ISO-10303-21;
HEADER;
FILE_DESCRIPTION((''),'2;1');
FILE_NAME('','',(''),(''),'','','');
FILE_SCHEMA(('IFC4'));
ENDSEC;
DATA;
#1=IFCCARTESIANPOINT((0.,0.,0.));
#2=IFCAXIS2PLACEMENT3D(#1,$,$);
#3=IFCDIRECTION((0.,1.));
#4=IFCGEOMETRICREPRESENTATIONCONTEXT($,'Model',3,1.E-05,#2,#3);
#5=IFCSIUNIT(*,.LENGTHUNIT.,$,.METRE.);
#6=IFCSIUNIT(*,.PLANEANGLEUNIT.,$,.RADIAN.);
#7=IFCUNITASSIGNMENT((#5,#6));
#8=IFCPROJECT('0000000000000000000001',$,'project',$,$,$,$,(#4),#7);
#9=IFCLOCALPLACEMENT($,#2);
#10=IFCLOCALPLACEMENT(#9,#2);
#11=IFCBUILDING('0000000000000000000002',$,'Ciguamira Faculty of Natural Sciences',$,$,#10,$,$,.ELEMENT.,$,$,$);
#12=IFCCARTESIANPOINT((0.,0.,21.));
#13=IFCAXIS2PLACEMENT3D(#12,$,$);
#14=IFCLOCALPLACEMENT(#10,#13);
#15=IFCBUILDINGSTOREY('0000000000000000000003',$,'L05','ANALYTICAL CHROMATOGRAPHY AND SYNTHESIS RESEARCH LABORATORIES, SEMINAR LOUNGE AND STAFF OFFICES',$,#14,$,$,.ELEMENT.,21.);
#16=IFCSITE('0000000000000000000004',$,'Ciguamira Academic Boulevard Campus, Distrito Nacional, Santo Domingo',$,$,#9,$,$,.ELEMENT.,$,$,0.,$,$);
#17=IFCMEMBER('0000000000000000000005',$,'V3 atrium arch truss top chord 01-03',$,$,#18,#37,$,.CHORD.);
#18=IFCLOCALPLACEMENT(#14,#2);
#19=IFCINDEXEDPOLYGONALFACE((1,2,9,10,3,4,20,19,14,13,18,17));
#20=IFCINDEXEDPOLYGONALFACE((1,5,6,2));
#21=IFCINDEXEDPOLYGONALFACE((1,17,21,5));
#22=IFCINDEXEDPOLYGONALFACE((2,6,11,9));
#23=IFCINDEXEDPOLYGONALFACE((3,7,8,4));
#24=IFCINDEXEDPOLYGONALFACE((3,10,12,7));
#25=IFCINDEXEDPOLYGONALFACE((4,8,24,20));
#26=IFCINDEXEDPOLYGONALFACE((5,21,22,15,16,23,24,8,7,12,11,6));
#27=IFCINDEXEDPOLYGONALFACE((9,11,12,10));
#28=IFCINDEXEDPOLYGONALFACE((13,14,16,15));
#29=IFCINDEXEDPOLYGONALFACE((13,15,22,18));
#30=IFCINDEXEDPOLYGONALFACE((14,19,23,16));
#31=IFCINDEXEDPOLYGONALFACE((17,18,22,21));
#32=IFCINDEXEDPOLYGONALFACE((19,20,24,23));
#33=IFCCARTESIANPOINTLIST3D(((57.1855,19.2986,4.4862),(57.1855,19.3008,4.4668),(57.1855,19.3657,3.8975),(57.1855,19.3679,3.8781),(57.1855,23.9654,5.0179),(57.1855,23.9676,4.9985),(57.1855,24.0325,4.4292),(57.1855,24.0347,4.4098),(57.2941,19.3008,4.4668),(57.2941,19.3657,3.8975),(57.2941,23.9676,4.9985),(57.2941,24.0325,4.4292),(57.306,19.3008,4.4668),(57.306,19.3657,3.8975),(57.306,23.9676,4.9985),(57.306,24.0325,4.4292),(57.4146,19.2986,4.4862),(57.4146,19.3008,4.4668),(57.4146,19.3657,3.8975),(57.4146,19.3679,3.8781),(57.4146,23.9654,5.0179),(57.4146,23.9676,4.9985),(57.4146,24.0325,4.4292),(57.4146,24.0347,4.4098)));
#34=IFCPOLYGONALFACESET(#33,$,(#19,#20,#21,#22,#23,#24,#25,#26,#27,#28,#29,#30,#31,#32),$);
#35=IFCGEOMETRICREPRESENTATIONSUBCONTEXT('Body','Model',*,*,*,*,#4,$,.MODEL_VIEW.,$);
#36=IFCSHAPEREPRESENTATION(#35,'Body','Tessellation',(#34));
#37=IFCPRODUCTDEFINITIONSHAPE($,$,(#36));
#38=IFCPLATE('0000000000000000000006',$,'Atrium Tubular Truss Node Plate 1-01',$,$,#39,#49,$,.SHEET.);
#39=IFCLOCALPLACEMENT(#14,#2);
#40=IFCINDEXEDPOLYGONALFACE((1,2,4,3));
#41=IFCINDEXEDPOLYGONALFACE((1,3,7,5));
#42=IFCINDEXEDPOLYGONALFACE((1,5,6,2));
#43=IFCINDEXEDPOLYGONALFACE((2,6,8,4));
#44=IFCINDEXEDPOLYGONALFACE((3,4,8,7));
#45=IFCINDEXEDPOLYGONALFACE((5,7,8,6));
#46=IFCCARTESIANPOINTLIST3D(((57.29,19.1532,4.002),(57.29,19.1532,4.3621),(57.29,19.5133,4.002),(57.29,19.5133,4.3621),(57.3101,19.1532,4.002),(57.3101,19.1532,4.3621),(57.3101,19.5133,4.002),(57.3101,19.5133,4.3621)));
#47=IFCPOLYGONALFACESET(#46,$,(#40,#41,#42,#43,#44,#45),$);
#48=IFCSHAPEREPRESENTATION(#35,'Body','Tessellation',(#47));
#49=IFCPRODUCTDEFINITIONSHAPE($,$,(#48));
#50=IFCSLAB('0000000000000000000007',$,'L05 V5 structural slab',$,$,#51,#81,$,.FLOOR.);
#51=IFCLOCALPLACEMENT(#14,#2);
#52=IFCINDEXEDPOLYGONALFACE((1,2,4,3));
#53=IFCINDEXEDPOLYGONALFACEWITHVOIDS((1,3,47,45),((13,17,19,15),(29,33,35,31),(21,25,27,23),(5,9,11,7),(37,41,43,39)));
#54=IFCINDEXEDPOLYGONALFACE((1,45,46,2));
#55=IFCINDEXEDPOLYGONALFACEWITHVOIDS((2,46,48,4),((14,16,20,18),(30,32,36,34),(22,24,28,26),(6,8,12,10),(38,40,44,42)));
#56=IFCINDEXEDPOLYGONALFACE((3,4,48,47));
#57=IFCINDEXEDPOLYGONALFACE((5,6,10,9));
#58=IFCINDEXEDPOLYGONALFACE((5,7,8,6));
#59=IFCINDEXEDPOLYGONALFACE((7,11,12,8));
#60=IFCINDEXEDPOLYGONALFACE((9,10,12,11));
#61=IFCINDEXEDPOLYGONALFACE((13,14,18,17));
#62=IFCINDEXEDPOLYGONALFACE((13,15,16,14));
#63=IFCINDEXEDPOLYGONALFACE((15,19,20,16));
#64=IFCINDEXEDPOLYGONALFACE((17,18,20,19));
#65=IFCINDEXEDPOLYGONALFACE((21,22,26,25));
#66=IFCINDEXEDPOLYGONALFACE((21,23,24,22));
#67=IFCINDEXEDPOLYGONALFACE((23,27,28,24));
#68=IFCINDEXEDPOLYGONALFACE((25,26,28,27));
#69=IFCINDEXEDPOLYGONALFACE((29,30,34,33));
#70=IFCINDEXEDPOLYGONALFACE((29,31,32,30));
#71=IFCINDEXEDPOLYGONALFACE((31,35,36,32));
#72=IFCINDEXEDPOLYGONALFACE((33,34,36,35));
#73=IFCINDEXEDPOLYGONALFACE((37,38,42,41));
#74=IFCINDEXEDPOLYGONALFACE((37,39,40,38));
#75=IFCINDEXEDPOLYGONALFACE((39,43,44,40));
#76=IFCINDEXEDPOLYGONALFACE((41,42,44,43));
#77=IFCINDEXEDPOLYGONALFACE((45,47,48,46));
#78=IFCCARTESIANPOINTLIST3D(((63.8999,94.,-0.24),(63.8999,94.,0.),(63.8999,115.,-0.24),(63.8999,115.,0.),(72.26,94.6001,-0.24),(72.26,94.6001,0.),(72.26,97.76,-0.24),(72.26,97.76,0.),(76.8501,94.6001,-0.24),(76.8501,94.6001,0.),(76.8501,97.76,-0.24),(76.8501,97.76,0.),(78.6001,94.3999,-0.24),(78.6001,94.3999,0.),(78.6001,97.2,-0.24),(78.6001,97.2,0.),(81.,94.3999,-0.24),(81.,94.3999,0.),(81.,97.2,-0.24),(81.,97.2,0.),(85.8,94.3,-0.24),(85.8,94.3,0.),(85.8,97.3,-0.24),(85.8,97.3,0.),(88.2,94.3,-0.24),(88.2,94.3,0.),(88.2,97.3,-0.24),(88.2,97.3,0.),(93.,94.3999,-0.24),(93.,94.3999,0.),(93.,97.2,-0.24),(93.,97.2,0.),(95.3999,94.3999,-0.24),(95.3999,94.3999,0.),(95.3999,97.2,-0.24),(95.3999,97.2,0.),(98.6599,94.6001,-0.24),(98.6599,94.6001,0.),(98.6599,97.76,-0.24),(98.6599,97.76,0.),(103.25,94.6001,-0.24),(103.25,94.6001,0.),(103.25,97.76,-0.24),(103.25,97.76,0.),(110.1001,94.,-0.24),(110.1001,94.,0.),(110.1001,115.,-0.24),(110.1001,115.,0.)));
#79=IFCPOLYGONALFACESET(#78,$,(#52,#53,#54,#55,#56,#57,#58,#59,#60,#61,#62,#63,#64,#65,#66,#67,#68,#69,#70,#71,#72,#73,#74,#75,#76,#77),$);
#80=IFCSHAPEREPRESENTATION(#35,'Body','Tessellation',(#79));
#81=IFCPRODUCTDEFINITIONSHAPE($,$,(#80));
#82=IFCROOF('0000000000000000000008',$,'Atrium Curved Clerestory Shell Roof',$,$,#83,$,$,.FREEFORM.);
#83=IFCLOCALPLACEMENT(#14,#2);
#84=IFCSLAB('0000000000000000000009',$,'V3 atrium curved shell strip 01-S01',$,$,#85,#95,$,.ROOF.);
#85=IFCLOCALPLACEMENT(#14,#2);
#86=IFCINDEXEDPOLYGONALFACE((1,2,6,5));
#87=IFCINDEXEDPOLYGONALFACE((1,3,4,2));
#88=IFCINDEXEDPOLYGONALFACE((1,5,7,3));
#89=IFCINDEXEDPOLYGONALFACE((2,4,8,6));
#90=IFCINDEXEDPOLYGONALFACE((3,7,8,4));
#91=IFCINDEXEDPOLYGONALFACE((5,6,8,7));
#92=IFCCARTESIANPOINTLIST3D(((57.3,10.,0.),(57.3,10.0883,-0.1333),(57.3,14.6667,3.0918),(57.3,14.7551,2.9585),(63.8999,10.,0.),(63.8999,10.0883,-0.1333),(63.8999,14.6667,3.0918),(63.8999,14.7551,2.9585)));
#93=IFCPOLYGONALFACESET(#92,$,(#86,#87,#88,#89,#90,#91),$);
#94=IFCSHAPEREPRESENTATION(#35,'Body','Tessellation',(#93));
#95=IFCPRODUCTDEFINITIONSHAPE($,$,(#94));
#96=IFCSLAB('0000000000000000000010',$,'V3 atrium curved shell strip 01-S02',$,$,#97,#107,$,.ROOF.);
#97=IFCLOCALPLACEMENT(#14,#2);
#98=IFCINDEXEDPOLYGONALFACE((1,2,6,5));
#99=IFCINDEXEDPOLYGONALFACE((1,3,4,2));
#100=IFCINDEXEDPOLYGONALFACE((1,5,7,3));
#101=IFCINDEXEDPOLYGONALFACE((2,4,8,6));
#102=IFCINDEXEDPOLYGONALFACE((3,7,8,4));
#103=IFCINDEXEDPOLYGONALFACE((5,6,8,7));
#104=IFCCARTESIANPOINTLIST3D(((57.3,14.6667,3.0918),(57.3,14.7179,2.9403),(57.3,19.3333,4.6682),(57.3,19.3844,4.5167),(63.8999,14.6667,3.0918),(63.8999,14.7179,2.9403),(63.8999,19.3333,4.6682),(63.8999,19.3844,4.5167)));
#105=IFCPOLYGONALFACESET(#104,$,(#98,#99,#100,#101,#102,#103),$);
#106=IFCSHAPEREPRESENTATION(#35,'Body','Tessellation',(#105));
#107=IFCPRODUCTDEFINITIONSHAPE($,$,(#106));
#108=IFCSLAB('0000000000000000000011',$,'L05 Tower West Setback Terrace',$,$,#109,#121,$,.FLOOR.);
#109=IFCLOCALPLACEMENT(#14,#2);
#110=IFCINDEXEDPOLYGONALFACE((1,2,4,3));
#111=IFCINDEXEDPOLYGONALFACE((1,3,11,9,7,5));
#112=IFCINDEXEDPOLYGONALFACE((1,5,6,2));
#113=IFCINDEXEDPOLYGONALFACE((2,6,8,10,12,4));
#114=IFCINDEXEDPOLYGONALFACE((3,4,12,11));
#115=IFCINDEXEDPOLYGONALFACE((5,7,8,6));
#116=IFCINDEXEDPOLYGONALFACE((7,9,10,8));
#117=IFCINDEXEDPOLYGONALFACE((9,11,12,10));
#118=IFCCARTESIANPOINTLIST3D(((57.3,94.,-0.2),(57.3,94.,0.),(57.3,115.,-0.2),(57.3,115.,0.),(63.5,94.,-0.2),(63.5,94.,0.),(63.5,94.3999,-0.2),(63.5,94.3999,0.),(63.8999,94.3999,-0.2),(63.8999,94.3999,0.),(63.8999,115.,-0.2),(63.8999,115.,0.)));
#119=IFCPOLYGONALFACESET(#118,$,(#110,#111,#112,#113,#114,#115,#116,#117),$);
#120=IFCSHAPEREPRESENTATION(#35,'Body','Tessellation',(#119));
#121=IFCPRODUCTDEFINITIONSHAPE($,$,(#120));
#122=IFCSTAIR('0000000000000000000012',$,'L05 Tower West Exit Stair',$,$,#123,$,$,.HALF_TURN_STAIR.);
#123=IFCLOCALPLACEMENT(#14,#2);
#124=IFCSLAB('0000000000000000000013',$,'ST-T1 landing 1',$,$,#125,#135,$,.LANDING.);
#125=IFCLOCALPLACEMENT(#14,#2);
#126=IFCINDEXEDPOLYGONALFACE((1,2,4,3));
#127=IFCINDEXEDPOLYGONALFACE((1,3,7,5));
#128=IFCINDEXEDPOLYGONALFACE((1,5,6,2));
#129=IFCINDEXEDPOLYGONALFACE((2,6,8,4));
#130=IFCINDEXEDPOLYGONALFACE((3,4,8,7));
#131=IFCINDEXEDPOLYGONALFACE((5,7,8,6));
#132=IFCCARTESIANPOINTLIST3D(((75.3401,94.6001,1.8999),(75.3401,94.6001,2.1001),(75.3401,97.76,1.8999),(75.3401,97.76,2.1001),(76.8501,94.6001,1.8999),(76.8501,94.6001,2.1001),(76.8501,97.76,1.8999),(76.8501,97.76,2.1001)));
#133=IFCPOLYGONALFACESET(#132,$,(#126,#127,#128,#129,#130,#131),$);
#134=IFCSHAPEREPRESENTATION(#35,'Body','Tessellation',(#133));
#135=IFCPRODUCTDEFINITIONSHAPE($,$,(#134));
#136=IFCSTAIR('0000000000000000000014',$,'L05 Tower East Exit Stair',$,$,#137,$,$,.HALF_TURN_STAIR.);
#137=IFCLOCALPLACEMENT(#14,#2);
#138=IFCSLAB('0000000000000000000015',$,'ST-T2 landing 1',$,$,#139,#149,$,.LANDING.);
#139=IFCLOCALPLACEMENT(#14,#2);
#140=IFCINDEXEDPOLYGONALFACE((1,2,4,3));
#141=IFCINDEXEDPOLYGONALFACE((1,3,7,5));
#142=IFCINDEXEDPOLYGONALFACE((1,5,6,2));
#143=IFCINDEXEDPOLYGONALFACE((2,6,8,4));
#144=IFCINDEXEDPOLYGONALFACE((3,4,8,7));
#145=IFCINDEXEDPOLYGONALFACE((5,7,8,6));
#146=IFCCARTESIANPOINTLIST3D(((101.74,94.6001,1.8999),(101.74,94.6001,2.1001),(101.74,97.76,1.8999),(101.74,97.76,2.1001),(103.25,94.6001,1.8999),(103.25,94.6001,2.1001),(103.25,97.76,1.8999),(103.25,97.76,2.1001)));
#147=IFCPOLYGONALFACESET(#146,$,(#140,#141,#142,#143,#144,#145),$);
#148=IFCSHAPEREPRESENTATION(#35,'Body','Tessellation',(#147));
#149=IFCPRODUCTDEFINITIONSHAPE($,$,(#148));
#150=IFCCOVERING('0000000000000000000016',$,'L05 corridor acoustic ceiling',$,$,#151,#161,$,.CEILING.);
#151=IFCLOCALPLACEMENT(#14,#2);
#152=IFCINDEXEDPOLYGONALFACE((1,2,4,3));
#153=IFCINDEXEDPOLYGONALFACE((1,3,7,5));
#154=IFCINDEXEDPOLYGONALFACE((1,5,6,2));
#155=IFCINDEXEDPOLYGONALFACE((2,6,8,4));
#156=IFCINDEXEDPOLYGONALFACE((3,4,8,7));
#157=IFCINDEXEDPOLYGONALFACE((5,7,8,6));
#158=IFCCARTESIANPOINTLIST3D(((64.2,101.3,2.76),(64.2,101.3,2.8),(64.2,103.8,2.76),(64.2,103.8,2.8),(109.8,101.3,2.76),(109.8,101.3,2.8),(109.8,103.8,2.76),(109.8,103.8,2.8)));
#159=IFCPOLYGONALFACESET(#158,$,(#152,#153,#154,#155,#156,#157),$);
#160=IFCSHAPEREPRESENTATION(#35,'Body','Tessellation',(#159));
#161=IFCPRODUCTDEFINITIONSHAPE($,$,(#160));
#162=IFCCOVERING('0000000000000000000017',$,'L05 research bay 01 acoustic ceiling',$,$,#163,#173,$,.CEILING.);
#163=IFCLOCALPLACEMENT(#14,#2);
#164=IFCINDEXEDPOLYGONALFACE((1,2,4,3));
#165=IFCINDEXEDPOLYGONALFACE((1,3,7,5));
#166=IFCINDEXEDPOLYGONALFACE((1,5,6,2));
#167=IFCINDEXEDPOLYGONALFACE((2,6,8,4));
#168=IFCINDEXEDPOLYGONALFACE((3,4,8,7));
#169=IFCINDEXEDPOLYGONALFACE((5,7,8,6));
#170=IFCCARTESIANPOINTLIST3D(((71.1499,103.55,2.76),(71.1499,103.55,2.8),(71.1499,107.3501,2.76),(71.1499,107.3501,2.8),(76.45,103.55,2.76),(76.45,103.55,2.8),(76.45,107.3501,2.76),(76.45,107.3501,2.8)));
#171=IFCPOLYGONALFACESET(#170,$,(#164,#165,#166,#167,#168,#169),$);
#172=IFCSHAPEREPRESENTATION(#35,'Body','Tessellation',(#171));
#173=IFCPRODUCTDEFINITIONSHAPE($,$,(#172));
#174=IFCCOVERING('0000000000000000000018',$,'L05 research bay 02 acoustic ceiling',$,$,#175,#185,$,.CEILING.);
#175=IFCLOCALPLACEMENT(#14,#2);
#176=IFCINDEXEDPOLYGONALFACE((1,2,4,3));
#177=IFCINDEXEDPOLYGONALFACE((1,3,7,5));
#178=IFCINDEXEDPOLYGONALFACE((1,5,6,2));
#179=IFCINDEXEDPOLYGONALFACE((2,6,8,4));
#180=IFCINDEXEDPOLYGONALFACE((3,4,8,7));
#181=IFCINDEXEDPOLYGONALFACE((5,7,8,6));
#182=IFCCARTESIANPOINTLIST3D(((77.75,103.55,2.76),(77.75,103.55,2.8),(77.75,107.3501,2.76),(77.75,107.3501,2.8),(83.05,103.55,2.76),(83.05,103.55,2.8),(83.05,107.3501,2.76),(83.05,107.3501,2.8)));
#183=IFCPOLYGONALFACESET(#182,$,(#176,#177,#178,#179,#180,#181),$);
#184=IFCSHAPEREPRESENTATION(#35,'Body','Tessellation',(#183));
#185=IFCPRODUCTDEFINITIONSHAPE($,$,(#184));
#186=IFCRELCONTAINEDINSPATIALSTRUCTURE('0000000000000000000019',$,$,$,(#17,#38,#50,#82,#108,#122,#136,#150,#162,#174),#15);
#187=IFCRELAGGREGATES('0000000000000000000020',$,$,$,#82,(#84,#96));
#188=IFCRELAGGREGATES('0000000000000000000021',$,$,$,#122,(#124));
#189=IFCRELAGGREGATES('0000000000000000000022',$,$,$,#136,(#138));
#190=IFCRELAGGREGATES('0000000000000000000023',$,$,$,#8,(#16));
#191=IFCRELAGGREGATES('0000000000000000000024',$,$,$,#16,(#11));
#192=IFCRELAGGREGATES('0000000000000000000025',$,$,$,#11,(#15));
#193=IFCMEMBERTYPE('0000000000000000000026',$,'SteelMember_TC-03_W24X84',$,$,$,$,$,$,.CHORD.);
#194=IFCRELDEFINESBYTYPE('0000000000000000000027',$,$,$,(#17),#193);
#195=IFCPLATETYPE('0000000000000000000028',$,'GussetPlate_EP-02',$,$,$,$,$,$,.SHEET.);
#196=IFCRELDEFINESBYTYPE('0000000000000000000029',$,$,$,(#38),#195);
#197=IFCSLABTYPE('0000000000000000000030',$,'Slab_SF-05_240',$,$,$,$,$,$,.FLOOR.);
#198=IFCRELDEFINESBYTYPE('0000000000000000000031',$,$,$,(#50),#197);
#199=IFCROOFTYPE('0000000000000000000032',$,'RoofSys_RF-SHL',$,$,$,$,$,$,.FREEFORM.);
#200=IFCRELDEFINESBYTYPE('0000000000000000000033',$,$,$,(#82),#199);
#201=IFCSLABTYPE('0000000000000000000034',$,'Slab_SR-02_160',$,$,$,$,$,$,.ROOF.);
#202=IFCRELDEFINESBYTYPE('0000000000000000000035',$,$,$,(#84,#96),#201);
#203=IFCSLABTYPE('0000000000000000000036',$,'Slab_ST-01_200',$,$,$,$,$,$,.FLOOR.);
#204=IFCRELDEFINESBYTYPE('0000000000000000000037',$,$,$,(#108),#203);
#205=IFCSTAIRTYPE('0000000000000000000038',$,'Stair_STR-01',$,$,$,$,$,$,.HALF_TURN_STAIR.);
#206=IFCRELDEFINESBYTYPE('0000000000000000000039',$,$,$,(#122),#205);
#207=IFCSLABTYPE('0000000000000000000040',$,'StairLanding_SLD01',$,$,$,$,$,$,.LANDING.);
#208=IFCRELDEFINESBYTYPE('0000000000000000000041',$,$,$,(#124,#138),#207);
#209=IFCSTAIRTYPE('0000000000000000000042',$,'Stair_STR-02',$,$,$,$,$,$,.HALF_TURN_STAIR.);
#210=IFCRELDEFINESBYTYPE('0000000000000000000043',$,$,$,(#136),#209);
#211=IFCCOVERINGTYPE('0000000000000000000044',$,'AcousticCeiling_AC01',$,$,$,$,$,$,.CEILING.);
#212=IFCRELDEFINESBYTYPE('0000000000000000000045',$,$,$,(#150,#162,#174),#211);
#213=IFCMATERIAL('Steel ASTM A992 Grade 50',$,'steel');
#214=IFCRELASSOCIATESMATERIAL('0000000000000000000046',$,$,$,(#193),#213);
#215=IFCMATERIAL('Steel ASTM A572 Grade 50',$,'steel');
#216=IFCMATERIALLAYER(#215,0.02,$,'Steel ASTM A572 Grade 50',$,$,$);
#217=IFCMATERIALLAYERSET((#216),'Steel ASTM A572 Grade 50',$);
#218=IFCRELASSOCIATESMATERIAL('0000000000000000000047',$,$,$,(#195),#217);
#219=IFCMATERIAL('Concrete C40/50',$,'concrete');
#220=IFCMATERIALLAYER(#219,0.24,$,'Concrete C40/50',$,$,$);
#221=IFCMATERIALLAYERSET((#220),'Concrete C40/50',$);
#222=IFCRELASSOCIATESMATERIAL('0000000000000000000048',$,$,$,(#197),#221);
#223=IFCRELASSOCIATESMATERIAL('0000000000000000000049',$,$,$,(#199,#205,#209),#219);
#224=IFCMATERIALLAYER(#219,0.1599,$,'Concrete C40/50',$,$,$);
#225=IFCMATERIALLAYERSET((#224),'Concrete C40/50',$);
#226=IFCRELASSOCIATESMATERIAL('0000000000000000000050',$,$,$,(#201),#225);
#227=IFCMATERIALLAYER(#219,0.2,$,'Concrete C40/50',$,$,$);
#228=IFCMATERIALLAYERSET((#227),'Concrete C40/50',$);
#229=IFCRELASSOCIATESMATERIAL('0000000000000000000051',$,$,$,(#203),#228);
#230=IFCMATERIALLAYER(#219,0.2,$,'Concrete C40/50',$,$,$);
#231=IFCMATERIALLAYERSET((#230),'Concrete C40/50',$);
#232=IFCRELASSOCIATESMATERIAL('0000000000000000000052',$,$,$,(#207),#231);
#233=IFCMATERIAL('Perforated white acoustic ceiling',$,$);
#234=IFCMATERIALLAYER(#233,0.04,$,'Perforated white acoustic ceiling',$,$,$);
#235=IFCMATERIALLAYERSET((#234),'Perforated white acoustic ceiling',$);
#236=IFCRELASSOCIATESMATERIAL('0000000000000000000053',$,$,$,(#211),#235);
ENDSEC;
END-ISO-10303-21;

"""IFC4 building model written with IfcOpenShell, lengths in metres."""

from ifc_helpers import new_model, si_unit, direction, frame, origin, origin_2d, place, context, subcontext, project, spatial, polyline, rectangle, i_section, outline, extrude, material, layer, layer_set, material_profile, profile_set, type_object, element, aggregate, save


model = new_model("IFC4")

# Units and contexts
model_context = context("Model", 3, precision=1e-05, world=origin(), true_north=direction((0.0, 1.0)))
body_context = subcontext(model_context, "Body", "Model", "MODEL_VIEW")
ifc_project = project(units=[si_unit("LENGTHUNIT", "METRE"), si_unit("PLANEANGLEUNIT", "RADIAN")], contexts=[model_context])

# Site, building, storey
site_placement = place(None, origin())
site = spatial("IfcSite", under=ifc_project, at=site_placement, Name="Ciguamira Academic Boulevard Campus, Distrito Nacional, Santo Domingo", CompositionType="ELEMENT", RefElevation=0.0)
building_placement = place(site_placement, origin())
building = spatial("IfcBuilding", under=site, at=building_placement, Name="Ciguamira Faculty of Natural Sciences", CompositionType="ELEMENT")
storey_placement = place(building_placement, frame((0.0, 0.0, 21.0)))
storey = spatial("IfcBuildingStorey", under=building, at=storey_placement, Name="L05", Description="ANALYTICAL CHROMATOGRAPHY AND SYNTHESIS RESEARCH LABORATORIES, SEMINAR LOUNGE AND STAFF OFFICES", CompositionType="ELEMENT", Elevation=21.0)

# Shared definitions
ifc_material_1 = material(Name="Steel ASTM A992 Grade 50", Category="steel")

# Member
ifc_material_profile_1 = material_profile(ifc_material_1, i_section(OverallWidth=0.229, OverallDepth=0.6121, WebThickness=0.012, FlangeThickness=0.0195, at=origin_2d()), Name="W24X84")
ifc_profile_set_1 = profile_set([ifc_material_profile_1], Name="Steel ASTM A992 Grade 50")
member_type_1 = type_object("IfcMemberType", Name="SteelMember_TC-03_W24X84", PredefinedType="CHORD", material=ifc_profile_set_1)
member_1_placement = place(storey_placement, frame((57.3, 19.3333, 4.1821), z_axis=(0.0, 0.993571, 0.113209), x_axis=(-1.0, 0.0, 0.0)))
element("IfcMember", 1, at=member_1_placement, inside=storey, type_object=member_type_1, Name="V3 atrium arch truss top chord 01-03", PredefinedType="CHORD", context=body_context, shape_type="SweptSolid", body=[
    extrude(i_section(OverallWidth=0.229, OverallDepth=0.6121, WebThickness=0.012, FlangeThickness=0.0195, at=origin_2d()), origin(), (0.0, 0.0, 1.0), 4.697),
])

# Plate
ifc_material_2 = material(Name="Steel ASTM A572 Grade 50", Category="steel")
ifc_layer_1 = layer(ifc_material_2, 0.02, Name="Steel ASTM A572 Grade 50")
ifc_layer_set_1 = layer_set([ifc_layer_1], Name="Steel ASTM A572 Grade 50")
plate_type = type_object("IfcPlateType", Name="GussetPlate_EP-02", PredefinedType="SHEET", material=ifc_layer_set_1)
plate_placement = place(storey_placement, frame((57.3, 19.3333, 4.002), z_axis=(0.0, 0.0, 1.0), x_axis=(1.0, 0.0, 0.0)))
element("IfcPlate", 2, at=plate_placement, inside=storey, type_object=plate_type, Name="Atrium Tubular Truss Node Plate 1-01", PredefinedType="SHEET", context=body_context, shape_type="SweptSolid", body=[
    extrude(rectangle(XDim=0.02, YDim=0.3601, at=origin_2d()), origin(), (0.0, 0.0, 1.0), 0.3601),
])

# Slab
ifc_material_3 = material(Name="Concrete C40/50", Category="concrete")
ifc_layer_2 = layer(ifc_material_3, 0.24, Name="Concrete C40/50")
ifc_layer_set_2 = layer_set([ifc_layer_2], Name="Concrete C40/50")
slab_type_1 = type_object("IfcSlabType", Name="Slab_SF-05_240", PredefinedType="FLOOR", material=ifc_layer_set_2)
slab_1_placement = place(storey_placement, frame((0.0, 0.0, -0.24)))
element("IfcSlab", 3, at=slab_1_placement, inside=storey, type_object=slab_type_1, Name="L05 V5 structural slab", PredefinedType="FLOOR", context=body_context, shape_type="SweptSolid", body=[
    extrude(outline(polyline([(63.8999, 94.0), (110.1001, 94.0), (110.1001, 115.0), (63.8999, 115.0), (63.8999, 94.0)]), holes=[polyline([(72.26, 94.6001), (76.8501, 94.6001), (76.8501, 97.76), (72.26, 97.76), (72.26, 94.6001)]), polyline([(98.6599, 94.6001), (103.25, 94.6001), (103.25, 97.76), (98.6599, 97.76), (98.6599, 94.6001)]), polyline([(78.6001, 94.3999), (81.0, 94.3999), (81.0, 97.2), (78.6001, 97.2), (78.6001, 94.3999)]), polyline([(93.0, 94.3999), (95.3999, 94.3999), (95.3999, 97.2), (93.0, 97.2), (93.0, 94.3999)]), polyline([(85.8, 94.3), (88.2, 94.3), (88.2, 97.3), (85.8, 97.3), (85.8, 94.3)])]), origin(), (0.0, 0.0, 1.0), 0.24),
])

# Roof, slabs
roof_type = type_object("IfcRoofType", Name="RoofSys_RF-SHL", PredefinedType="FREEFORM", material=ifc_material_3)
roof_placement = place(storey_placement, origin())
roof = element("IfcRoof", 4, at=roof_placement, inside=storey, type_object=roof_type, Name="Atrium Curved Clerestory Shell Roof", PredefinedType="FREEFORM")
ifc_layer_3 = layer(ifc_material_3, 0.1599, Name="Concrete C40/50")
ifc_layer_set_3 = layer_set([ifc_layer_3], Name="Concrete C40/50")
slab_type_2 = type_object("IfcSlabType", Name="Slab_SR-02_160", PredefinedType="ROOF", material=ifc_layer_set_3)
slab_2_placement = place(storey_placement, frame((57.3, 10.0, 0.0), z_axis=(0.0, -0.552303, 0.833644), x_axis=(1.0, 0.0, 0.0)))
slab_2 = element("IfcSlab", 5, at=slab_2_placement, type_object=slab_type_2, Name="V3 atrium curved shell strip 01-S01", PredefinedType="ROOF", context=body_context, shape_type="SweptSolid", body=[
    extrude(outline(polyline([(0.0, 0.0), (6.5999, 0.0), (6.5999, 5.598), (0.0, 5.598), (0.0, 0.0)])), origin(), (0.0, 0.0, -1.0), 0.1599),
])
slab_3_placement = place(storey_placement, frame((57.3, 14.6667, 3.0918), z_axis=(0.0, -0.320047, 0.947402), x_axis=(1.0, 0.0, 0.0)))
slab_3 = element("IfcSlab", 6, at=slab_3_placement, type_object=slab_type_2, Name="V3 atrium curved shell strip 01-S02", PredefinedType="ROOF", context=body_context, shape_type="SweptSolid", body=[
    extrude(outline(polyline([(0.0, 0.0), (6.5999, 0.0), (6.5999, 4.9256), (0.0, 4.9256), (0.0, 0.0)])), origin(), (0.0, 0.0, -1.0), 0.1599),
])
aggregate(roof, [slab_2, slab_3])

# Slab
ifc_layer_4 = layer(ifc_material_3, 0.2, Name="Concrete C40/50")
ifc_layer_set_4 = layer_set([ifc_layer_4], Name="Concrete C40/50")
slab_type_3 = type_object("IfcSlabType", Name="Slab_ST-01_200", PredefinedType="FLOOR", material=ifc_layer_set_4)
slab_4_placement = place(storey_placement, frame((0.0, 0.0, -0.2)))
element("IfcSlab", 7, at=slab_4_placement, inside=storey, type_object=slab_type_3, Name="L05 Tower West Setback Terrace", PredefinedType="FLOOR", context=body_context, shape_type="SweptSolid", body=[
    extrude(outline(polyline([(57.3, 94.0), (63.5, 94.0), (63.5, 94.3999), (63.8999, 94.3999), (63.8999, 115.0), (57.3, 115.0), (57.3, 94.0)])), origin(), (0.0, 0.0, 1.0), 0.2),
])

# Stairs, slabs
stair_type_1 = type_object("IfcStairType", Name="Stair_STR-01", PredefinedType="HALF_TURN_STAIR", material=ifc_material_3)
stair_1_placement = place(storey_placement, origin())
stair_1 = element("IfcStair", 8, at=stair_1_placement, inside=storey, type_object=stair_type_1, Name="L05 Tower West Exit Stair", PredefinedType="HALF_TURN_STAIR")
ifc_layer_5 = layer(ifc_material_3, 0.2, Name="Concrete C40/50")
ifc_layer_set_5 = layer_set([ifc_layer_5], Name="Concrete C40/50")
slab_type_4 = type_object("IfcSlabType", Name="StairLanding_SLD01", PredefinedType="LANDING", material=ifc_layer_set_5)
slab_5_placement = place(storey_placement, frame((0.0, 0.0, 1.8999)))
slab_5 = element("IfcSlab", 9, at=slab_5_placement, type_object=slab_type_4, Name="ST-T1 landing 1", PredefinedType="LANDING", context=body_context, shape_type="SweptSolid", body=[
    extrude(outline(polyline([(75.3401, 94.6001), (76.8501, 94.6001), (76.8501, 97.76), (75.3401, 97.76), (75.3401, 94.6001)])), origin(), (0.0, 0.0, 1.0), 0.2002),
])
aggregate(stair_1, [slab_5])
stair_type_2 = type_object("IfcStairType", Name="Stair_STR-02", PredefinedType="HALF_TURN_STAIR", material=ifc_material_3)
stair_2_placement = place(storey_placement, origin())
stair_2 = element("IfcStair", 10, at=stair_2_placement, inside=storey, type_object=stair_type_2, Name="L05 Tower East Exit Stair", PredefinedType="HALF_TURN_STAIR")
slab_6_placement = place(storey_placement, frame((0.0, 0.0, 1.8999)))
slab_6 = element("IfcSlab", 11, at=slab_6_placement, type_object=slab_type_4, Name="ST-T2 landing 1", PredefinedType="LANDING", context=body_context, shape_type="SweptSolid", body=[
    extrude(outline(polyline([(101.74, 94.6001), (103.25, 94.6001), (103.25, 97.76), (101.74, 97.76), (101.74, 94.6001)])), origin(), (0.0, 0.0, 1.0), 0.2002),
])
aggregate(stair_2, [slab_6])

# Coverings
ifc_material_4 = material(Name="Perforated white acoustic ceiling")
ifc_layer_6 = layer(ifc_material_4, 0.04, Name="Perforated white acoustic ceiling")
ifc_layer_set_6 = layer_set([ifc_layer_6], Name="Perforated white acoustic ceiling")
covering_type = type_object("IfcCoveringType", Name="AcousticCeiling_AC01", PredefinedType="CEILING", material=ifc_layer_set_6)
covering_1_placement = place(storey_placement, frame((0.0, 0.0, 2.76)))
element("IfcCovering", 12, at=covering_1_placement, inside=storey, type_object=covering_type, Name="L05 corridor acoustic ceiling", PredefinedType="CEILING", context=body_context, shape_type="SweptSolid", body=[
    extrude(outline(polyline([(64.2, 101.3), (109.8, 101.3), (109.8, 103.8), (64.2, 103.8), (64.2, 101.3)])), origin(), (0.0, 0.0, 1.0), 0.04),
])
covering_2_placement = place(storey_placement, frame((0.0, 0.0, 2.76)))
element("IfcCovering", 13, at=covering_2_placement, inside=storey, type_object=covering_type, Name="L05 research bay 01 acoustic ceiling", PredefinedType="CEILING", context=body_context, shape_type="SweptSolid", body=[
    extrude(outline(polyline([(71.1499, 103.55), (76.45, 103.55), (76.45, 107.3501), (71.1499, 107.3501), (71.1499, 103.55)])), origin(), (0.0, 0.0, 1.0), 0.04),
])
covering_3_placement = place(storey_placement, frame((0.0, 0.0, 2.76)))
element("IfcCovering", 14, at=covering_3_placement, inside=storey, type_object=covering_type, Name="L05 research bay 02 acoustic ceiling", PredefinedType="CEILING", context=body_context, shape_type="SweptSolid", body=[
    extrude(outline(polyline([(77.75, 103.55), (83.05, 103.55), (83.05, 107.3501), (77.75, 107.3501), (77.75, 103.55)])), origin(), (0.0, 0.0, 1.0), 0.04),
])

save(model, "model.ifc")
